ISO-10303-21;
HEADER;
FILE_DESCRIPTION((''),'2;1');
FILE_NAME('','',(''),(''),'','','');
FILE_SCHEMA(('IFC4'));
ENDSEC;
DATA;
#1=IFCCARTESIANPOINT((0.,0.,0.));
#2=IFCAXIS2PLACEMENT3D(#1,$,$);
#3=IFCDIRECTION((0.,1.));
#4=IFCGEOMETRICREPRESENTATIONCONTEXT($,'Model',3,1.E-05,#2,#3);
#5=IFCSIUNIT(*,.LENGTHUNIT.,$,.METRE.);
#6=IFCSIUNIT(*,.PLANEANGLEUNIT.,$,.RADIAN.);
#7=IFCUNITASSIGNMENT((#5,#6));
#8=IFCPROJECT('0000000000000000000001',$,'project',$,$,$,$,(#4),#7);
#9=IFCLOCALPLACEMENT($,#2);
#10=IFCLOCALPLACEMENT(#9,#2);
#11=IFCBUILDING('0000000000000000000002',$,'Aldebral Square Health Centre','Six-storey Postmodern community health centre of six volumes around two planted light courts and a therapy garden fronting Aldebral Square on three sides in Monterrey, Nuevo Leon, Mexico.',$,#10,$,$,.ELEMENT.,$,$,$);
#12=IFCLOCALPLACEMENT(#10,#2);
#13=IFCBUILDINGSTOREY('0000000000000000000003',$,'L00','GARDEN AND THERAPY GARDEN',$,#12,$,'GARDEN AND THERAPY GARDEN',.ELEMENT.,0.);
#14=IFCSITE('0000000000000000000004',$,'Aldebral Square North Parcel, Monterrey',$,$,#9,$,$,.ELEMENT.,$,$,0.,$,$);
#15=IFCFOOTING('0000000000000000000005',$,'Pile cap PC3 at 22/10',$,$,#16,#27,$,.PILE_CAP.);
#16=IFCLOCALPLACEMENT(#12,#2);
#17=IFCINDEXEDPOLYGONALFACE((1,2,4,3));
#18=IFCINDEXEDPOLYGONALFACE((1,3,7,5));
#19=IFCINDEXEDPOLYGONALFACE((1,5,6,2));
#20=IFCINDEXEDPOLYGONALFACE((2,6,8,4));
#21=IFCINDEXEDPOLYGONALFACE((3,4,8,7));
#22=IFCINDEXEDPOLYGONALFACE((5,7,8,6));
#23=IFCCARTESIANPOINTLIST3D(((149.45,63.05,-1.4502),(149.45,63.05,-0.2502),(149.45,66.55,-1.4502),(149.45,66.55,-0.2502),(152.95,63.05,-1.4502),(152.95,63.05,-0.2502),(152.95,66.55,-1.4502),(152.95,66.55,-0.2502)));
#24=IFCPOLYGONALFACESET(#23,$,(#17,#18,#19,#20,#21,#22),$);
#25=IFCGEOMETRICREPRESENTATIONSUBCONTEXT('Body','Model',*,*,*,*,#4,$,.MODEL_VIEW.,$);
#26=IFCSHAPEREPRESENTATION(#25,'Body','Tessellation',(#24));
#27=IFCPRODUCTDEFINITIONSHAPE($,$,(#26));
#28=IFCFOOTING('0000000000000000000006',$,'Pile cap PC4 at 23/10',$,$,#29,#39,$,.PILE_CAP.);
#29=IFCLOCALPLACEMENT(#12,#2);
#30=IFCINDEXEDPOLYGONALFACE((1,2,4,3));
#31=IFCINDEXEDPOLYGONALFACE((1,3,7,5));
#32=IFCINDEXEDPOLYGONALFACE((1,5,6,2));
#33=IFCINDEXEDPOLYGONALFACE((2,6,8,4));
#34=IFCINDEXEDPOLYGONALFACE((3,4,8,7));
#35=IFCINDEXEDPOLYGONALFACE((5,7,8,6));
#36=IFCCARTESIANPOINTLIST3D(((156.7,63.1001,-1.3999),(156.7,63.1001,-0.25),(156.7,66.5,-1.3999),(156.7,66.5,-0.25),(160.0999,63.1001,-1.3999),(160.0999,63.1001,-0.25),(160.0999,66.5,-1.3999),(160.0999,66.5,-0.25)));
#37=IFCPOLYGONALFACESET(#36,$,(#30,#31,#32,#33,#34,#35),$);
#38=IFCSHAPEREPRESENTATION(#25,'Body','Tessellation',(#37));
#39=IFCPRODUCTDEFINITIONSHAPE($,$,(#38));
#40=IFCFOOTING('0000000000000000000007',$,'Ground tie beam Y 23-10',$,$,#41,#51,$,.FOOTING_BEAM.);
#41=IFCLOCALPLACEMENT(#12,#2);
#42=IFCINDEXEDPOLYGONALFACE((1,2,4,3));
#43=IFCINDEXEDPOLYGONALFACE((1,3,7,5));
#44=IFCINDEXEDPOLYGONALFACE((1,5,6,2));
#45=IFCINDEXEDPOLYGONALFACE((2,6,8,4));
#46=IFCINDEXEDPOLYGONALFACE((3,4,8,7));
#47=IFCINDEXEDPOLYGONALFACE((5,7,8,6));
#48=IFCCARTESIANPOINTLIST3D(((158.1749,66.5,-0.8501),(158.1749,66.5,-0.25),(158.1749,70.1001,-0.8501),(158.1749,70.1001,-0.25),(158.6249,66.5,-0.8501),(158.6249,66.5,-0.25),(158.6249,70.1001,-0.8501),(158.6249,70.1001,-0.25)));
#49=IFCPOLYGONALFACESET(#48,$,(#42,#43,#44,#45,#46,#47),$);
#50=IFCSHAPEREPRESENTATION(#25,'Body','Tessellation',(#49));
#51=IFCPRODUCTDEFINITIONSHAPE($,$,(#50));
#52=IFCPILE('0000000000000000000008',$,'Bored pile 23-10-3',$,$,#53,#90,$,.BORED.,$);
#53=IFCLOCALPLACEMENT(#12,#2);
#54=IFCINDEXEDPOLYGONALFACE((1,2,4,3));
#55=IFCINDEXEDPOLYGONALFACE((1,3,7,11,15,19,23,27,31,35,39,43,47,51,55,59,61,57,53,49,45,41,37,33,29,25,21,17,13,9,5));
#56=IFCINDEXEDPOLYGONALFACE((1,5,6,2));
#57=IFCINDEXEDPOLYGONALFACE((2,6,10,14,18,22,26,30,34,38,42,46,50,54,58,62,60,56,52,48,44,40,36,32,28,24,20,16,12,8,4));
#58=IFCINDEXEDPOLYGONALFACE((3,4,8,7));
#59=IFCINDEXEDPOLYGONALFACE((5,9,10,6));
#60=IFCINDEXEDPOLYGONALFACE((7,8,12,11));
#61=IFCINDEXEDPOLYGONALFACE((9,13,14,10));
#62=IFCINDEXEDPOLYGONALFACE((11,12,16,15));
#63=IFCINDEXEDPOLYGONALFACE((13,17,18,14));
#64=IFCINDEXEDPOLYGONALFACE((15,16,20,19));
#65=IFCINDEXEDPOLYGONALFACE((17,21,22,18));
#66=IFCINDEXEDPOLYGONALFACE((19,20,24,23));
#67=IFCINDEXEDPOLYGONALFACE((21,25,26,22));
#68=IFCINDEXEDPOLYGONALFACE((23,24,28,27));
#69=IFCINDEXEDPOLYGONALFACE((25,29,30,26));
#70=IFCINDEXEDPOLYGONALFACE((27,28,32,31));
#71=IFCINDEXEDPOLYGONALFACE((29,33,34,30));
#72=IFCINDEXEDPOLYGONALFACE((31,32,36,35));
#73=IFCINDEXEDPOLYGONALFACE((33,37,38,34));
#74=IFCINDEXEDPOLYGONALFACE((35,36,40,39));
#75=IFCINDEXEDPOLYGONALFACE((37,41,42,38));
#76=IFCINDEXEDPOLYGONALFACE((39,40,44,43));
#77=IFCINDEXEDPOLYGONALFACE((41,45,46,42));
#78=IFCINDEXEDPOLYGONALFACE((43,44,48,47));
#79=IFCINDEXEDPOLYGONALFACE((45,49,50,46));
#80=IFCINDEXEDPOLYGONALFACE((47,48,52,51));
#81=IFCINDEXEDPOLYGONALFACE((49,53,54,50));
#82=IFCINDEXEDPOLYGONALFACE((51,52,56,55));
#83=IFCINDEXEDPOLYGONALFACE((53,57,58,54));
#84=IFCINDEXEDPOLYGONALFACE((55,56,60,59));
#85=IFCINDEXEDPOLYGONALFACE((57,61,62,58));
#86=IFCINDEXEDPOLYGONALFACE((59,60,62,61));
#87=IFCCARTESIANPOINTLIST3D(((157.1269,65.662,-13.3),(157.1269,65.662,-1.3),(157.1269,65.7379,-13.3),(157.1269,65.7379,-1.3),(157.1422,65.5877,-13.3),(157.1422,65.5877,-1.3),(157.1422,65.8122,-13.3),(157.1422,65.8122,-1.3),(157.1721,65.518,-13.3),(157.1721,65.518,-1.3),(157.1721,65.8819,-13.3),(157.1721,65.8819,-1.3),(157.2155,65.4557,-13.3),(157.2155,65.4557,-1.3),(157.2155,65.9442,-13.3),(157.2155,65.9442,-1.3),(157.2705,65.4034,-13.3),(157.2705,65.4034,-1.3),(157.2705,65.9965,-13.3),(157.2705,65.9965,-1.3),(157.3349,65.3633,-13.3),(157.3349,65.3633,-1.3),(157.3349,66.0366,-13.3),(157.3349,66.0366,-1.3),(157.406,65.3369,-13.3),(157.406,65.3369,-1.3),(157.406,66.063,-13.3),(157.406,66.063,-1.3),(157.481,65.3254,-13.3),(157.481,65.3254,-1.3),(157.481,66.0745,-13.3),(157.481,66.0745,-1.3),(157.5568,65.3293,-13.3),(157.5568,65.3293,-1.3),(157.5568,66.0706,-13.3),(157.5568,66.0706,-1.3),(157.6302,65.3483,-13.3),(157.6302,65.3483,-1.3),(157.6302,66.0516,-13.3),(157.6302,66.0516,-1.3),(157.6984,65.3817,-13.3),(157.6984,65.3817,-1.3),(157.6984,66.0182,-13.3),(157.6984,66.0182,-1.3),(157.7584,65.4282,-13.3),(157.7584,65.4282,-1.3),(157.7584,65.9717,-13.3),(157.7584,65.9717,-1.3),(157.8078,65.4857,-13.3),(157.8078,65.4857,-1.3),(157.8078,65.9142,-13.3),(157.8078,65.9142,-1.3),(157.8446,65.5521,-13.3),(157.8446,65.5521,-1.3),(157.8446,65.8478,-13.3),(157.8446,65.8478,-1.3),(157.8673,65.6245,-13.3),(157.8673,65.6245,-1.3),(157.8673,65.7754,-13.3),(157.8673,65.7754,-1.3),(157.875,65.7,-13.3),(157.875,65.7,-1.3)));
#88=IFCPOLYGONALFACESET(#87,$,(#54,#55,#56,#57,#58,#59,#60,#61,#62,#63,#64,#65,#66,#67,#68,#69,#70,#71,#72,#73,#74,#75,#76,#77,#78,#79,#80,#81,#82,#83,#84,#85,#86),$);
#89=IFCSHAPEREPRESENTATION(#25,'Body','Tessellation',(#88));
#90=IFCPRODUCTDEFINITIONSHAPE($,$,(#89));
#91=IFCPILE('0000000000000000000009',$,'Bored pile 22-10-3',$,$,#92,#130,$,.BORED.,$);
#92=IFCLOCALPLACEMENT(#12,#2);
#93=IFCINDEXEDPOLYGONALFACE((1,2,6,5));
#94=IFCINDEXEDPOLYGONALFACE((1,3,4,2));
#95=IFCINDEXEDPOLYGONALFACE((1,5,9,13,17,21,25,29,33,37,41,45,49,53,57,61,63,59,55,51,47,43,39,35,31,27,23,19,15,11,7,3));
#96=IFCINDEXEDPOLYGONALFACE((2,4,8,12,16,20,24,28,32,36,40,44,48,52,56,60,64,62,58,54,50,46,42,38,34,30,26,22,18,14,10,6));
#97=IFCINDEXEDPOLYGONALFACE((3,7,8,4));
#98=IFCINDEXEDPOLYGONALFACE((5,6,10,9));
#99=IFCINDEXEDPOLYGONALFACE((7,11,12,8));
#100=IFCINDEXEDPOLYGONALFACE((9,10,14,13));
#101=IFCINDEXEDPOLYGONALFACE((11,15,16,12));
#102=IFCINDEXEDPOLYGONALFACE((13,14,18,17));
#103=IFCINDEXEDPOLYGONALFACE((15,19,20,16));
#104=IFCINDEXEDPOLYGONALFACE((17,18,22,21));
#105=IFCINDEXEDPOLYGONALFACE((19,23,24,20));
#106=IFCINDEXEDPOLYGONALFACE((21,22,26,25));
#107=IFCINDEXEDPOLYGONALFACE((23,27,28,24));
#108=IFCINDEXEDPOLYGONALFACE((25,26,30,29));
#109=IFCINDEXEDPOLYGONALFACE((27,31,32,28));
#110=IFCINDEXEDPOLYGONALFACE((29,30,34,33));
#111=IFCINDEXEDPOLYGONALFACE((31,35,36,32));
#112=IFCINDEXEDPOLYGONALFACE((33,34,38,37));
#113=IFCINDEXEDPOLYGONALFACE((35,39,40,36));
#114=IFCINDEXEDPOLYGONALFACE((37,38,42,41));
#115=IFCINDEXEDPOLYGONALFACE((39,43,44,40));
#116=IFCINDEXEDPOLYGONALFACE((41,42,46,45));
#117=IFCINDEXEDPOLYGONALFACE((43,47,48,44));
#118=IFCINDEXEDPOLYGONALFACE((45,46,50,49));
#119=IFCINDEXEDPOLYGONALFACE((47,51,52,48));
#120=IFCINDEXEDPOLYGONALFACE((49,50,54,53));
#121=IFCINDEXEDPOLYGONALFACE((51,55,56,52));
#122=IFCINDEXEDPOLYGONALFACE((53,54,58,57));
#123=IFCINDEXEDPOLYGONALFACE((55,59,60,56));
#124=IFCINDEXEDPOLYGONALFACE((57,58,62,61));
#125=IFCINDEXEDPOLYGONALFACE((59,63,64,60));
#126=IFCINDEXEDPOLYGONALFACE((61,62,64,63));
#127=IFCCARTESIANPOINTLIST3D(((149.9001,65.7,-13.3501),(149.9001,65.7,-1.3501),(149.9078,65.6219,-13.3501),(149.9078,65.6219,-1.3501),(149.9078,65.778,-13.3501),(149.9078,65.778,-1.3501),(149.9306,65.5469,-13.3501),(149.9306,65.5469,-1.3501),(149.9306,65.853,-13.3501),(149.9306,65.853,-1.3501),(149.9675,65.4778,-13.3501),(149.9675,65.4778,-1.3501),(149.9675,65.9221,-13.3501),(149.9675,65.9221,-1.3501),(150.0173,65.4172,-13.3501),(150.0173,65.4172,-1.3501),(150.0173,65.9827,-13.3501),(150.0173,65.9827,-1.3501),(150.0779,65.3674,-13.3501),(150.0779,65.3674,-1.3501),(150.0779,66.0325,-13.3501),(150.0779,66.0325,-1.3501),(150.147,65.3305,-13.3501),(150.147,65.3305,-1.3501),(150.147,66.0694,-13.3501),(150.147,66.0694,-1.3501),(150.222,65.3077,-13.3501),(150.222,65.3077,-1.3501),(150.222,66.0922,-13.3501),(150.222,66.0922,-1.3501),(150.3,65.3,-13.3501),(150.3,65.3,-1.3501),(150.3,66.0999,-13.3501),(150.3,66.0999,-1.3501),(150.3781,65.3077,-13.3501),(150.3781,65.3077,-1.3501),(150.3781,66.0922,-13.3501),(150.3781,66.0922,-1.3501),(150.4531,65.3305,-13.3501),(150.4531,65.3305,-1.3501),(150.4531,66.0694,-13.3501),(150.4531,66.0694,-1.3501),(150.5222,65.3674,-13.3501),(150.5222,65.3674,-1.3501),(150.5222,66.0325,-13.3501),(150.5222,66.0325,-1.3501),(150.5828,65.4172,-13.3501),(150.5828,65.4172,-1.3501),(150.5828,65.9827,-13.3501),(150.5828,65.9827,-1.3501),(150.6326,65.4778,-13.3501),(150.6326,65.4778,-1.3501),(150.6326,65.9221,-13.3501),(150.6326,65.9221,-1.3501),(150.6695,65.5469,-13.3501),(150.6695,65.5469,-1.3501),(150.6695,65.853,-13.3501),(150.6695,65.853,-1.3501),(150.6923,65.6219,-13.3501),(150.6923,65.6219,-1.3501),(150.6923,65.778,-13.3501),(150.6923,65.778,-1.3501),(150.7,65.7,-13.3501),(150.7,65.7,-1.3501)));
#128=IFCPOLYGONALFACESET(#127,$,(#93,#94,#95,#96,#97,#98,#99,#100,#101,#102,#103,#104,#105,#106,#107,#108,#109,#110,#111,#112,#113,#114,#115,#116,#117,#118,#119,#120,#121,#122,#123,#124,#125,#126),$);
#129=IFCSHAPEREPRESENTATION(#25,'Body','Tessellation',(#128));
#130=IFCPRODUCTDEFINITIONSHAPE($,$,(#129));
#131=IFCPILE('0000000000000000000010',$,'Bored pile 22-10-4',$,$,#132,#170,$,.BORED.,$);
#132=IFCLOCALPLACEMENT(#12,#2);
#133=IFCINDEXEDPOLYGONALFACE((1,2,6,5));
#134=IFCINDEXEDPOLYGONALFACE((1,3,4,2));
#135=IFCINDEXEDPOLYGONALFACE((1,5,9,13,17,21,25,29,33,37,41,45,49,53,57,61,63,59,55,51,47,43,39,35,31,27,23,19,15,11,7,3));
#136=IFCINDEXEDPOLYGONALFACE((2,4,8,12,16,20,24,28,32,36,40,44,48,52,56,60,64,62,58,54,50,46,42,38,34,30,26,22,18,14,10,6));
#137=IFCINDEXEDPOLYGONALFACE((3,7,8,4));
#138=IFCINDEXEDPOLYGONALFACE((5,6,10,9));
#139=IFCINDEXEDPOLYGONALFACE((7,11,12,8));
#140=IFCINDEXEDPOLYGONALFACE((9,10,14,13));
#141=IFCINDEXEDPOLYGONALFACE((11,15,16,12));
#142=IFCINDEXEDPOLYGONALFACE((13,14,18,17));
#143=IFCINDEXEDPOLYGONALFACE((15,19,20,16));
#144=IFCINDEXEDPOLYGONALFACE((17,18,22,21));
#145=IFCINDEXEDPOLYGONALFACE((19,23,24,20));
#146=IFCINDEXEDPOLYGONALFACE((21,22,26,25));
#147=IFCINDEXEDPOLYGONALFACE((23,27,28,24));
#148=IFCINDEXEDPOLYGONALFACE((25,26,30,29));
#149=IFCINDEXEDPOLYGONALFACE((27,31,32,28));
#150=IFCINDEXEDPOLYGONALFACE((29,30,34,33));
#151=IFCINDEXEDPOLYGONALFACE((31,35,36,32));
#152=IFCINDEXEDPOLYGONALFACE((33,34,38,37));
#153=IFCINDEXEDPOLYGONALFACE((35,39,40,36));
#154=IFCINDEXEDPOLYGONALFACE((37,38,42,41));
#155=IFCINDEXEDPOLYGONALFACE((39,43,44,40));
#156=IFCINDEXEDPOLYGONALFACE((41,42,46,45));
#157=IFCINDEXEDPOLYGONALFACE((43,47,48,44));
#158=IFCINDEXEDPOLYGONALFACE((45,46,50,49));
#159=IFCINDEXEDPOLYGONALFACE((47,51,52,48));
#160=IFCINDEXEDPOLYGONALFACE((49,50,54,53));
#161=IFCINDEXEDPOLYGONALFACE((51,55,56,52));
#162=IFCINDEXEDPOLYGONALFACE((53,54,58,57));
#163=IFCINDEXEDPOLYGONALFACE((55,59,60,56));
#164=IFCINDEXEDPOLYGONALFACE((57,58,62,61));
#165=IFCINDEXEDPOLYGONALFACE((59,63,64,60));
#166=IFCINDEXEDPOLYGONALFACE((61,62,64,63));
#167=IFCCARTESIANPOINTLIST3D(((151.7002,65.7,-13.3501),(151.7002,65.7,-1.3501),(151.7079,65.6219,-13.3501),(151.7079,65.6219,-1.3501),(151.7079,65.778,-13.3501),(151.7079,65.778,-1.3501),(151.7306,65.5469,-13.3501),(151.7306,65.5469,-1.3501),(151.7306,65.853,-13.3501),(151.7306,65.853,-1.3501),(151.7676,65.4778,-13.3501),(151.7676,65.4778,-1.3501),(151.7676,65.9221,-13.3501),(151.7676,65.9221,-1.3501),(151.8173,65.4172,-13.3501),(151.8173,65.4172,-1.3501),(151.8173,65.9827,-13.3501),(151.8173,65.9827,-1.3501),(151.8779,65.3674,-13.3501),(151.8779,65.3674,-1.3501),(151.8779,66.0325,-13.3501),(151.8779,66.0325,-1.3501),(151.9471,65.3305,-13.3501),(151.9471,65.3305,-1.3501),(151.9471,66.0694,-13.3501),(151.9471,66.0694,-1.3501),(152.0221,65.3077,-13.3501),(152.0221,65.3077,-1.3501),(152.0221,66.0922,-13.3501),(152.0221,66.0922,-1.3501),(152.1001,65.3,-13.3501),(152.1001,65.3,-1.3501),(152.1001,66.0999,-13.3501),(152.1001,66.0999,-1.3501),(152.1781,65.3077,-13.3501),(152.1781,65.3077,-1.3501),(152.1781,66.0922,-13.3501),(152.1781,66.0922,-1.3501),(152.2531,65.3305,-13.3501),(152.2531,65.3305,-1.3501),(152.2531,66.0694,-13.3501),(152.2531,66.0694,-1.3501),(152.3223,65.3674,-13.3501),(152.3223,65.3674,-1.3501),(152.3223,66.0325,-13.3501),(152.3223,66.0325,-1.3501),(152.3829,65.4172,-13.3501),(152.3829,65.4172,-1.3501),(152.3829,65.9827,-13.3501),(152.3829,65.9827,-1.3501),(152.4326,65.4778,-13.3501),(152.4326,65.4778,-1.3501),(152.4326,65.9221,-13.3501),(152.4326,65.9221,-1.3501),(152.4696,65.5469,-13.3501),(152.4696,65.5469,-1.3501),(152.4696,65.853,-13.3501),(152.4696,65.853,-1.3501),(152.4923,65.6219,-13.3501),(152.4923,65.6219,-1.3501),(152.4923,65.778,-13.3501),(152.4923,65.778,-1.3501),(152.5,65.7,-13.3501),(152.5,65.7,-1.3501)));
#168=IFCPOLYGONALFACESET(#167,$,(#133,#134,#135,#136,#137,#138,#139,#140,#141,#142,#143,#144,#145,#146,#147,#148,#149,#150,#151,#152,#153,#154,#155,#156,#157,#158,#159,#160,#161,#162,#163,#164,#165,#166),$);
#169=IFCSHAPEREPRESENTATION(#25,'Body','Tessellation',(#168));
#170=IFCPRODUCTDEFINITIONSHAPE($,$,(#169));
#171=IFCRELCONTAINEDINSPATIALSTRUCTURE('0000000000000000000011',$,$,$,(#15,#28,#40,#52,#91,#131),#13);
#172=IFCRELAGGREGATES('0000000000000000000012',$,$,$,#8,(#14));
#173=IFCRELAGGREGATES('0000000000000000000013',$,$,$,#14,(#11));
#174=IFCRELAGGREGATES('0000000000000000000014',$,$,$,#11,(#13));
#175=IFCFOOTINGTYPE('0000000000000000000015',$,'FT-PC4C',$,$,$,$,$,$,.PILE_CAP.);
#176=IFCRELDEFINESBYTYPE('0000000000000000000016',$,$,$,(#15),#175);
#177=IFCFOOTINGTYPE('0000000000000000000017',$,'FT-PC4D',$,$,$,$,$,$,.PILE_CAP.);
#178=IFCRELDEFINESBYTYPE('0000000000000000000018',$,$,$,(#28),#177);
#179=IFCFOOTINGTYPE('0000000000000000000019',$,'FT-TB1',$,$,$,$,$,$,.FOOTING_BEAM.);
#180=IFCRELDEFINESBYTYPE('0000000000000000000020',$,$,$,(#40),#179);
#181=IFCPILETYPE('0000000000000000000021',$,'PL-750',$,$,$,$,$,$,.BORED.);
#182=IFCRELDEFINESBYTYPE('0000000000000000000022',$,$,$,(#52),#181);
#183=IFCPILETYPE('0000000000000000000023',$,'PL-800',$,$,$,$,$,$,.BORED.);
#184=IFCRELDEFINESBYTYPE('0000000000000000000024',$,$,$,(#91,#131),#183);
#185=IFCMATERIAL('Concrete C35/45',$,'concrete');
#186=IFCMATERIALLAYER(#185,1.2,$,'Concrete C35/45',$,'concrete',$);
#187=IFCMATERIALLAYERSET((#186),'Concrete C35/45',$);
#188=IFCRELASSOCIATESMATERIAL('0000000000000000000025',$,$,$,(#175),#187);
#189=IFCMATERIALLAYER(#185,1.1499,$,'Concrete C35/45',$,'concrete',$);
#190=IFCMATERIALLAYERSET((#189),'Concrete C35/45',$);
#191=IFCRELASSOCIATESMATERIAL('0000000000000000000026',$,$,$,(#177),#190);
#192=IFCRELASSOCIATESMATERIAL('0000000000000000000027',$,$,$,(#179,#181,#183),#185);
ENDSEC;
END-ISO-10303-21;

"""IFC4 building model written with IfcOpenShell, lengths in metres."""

from ifc_helpers import new_model, si_unit, direction, frame, origin, origin_2d, place, context, subcontext, project, spatial, rectangle, circle, extrude, material, layer, layer_set, material_profile, profile_set, type_object, element, save


model = new_model("IFC4")

# Units and contexts
model_context = context("Model", 3, precision=1e-05, world=origin(), true_north=direction((0.0, 1.0)))
body_context = subcontext(model_context, "Body", "Model", "MODEL_VIEW")
ifc_project = project(units=[si_unit("LENGTHUNIT", "METRE"), si_unit("PLANEANGLEUNIT", "RADIAN")], contexts=[model_context])

# Site, building, storey
site_placement = place(None, origin())
site = spatial("IfcSite", under=ifc_project, at=site_placement, Name="Aldebral Square North Parcel, Monterrey", CompositionType="ELEMENT", RefElevation=0.0)
building_placement = place(site_placement, origin())
building = spatial("IfcBuilding", under=site, at=building_placement, Name="Aldebral Square Health Centre", Description="Six-storey Postmodern community health centre of six volumes around two planted light courts and a therapy garden fronting Aldebral Square on three sides in Monterrey, Nuevo Leon, Mexico.", CompositionType="ELEMENT")
storey_placement = place(building_placement, origin())
storey = spatial("IfcBuildingStorey", under=building, at=storey_placement, Name="L00", Description="GARDEN AND THERAPY GARDEN", LongName="GARDEN AND THERAPY GARDEN", CompositionType="ELEMENT", Elevation=0.0)

# Footings
ifc_material_1 = material(Name="Concrete C35/45", Category="concrete")
ifc_layer_1 = layer(ifc_material_1, 1.2, Name="Concrete C35/45", Category="concrete")
ifc_layer_set_1 = layer_set([ifc_layer_1], Name="Concrete C35/45")
footing_type_1 = type_object("IfcFootingType", Name="FT-PC4C", PredefinedType="PILE_CAP", material=ifc_layer_set_1)
footing_1_placement = place(storey_placement, frame((151.2, 64.8, -1.4502), z_axis=(0.0, 0.0, 1.0), x_axis=(1.0, 0.0, 0.0)))
element("IfcFooting", 1, at=footing_1_placement, inside=storey, type_object=footing_type_1, Name="Pile cap PC3 at 22/10", PredefinedType="PILE_CAP", context=body_context, shape_type="SweptSolid", body=[
    extrude(rectangle(XDim=3.5, YDim=3.5, at=origin_2d()), origin(), (0.0, 0.0, 1.0), 1.2),
])
ifc_layer_2 = layer(ifc_material_1, 1.1499, Name="Concrete C35/45", Category="concrete")
ifc_layer_set_2 = layer_set([ifc_layer_2], Name="Concrete C35/45")
footing_type_2 = type_object("IfcFootingType", Name="FT-PC4D", PredefinedType="PILE_CAP", material=ifc_layer_set_2)
footing_2_placement = place(storey_placement, frame((158.3999, 64.8, -1.3999), z_axis=(0.0, 0.0, 1.0), x_axis=(1.0, 0.0, 0.0)))
element("IfcFooting", 2, at=footing_2_placement, inside=storey, type_object=footing_type_2, Name="Pile cap PC4 at 23/10", PredefinedType="PILE_CAP", context=body_context, shape_type="SweptSolid", body=[
    extrude(rectangle(XDim=3.3999, YDim=3.3999, at=origin_2d()), origin(), (0.0, 0.0, 1.0), 1.1499),
])
ifc_material_profile_1 = material_profile(ifc_material_1, rectangle(XDim=0.45, YDim=0.6001, at=origin_2d()), Name="RC 450x600")
ifc_profile_set_1 = profile_set([ifc_material_profile_1], Name="Concrete C35/45")
footing_type_3 = type_object("IfcFootingType", Name="FT-TB1", PredefinedType="FOOTING_BEAM", material=ifc_profile_set_1)
footing_3_placement = place(storey_placement, frame((158.3999, 66.5, -0.55), z_axis=(0.0, 1.0, 0.0), x_axis=(-1.0, 0.0, 0.0)))
element("IfcFooting", 3, at=footing_3_placement, inside=storey, type_object=footing_type_3, Name="Ground tie beam Y 23-10", PredefinedType="FOOTING_BEAM", context=body_context, shape_type="SweptSolid", body=[
    extrude(rectangle(XDim=0.45, YDim=0.6001, at=origin_2d()), origin(), (0.0, 0.0, 1.0), 3.6001),
])

# Piles
ifc_material_profile_2 = material_profile(ifc_material_1, circle(Radius=0.375, at=origin_2d()), Name="PILE D750")
ifc_profile_set_2 = profile_set([ifc_material_profile_2], Name="Concrete C35/45")
pile_type_1 = type_object("IfcPileType", Name="PL-750", PredefinedType="BORED", material=ifc_profile_set_2)
pile_1_placement = place(storey_placement, frame((157.5, 65.7, -1.3), z_axis=(0.0, 0.0, -1.0), x_axis=(1.0, 0.0, 0.0)))
element("IfcPile", 4, at=pile_1_placement, inside=storey, type_object=pile_type_1, Name="Bored pile 23-10-3", PredefinedType="BORED", context=body_context, shape_type="SweptSolid", body=[
    extrude(circle(Radius=0.375, at=origin_2d()), origin(), (0.0, 0.0, 1.0), 12.0),
])
ifc_material_profile_3 = material_profile(ifc_material_1, circle(Radius=0.3999, at=origin_2d()), Name="PILE D800")
ifc_profile_set_3 = profile_set([ifc_material_profile_3], Name="Concrete C35/45")
pile_type_2 = type_object("IfcPileType", Name="PL-800", PredefinedType="BORED", material=ifc_profile_set_3)
for number, where, z_axis, x_axis, name in (
    (5, (150.3, 65.7, -1.3501), (0.0, 0.0, -1.0), (1.0, 0.0, 0.0), "Bored pile 22-10-3"),
    (6, (152.1001, 65.7, -1.3501), (0.0, 0.0, -1.0), (1.0, 0.0, 0.0), "Bored pile 22-10-4"),
):
    element("IfcPile", number, at=place(storey_placement, frame(where, z_axis=z_axis, x_axis=x_axis)), inside=storey, type_object=pile_type_2, Name=name, PredefinedType="BORED", context=body_context, shape_type="SweptSolid", body=[
        extrude(circle(Radius=0.3999, at=origin_2d()), origin(), (0.0, 0.0, 1.0), 12.0),
    ])

save(model, "model.ifc")
